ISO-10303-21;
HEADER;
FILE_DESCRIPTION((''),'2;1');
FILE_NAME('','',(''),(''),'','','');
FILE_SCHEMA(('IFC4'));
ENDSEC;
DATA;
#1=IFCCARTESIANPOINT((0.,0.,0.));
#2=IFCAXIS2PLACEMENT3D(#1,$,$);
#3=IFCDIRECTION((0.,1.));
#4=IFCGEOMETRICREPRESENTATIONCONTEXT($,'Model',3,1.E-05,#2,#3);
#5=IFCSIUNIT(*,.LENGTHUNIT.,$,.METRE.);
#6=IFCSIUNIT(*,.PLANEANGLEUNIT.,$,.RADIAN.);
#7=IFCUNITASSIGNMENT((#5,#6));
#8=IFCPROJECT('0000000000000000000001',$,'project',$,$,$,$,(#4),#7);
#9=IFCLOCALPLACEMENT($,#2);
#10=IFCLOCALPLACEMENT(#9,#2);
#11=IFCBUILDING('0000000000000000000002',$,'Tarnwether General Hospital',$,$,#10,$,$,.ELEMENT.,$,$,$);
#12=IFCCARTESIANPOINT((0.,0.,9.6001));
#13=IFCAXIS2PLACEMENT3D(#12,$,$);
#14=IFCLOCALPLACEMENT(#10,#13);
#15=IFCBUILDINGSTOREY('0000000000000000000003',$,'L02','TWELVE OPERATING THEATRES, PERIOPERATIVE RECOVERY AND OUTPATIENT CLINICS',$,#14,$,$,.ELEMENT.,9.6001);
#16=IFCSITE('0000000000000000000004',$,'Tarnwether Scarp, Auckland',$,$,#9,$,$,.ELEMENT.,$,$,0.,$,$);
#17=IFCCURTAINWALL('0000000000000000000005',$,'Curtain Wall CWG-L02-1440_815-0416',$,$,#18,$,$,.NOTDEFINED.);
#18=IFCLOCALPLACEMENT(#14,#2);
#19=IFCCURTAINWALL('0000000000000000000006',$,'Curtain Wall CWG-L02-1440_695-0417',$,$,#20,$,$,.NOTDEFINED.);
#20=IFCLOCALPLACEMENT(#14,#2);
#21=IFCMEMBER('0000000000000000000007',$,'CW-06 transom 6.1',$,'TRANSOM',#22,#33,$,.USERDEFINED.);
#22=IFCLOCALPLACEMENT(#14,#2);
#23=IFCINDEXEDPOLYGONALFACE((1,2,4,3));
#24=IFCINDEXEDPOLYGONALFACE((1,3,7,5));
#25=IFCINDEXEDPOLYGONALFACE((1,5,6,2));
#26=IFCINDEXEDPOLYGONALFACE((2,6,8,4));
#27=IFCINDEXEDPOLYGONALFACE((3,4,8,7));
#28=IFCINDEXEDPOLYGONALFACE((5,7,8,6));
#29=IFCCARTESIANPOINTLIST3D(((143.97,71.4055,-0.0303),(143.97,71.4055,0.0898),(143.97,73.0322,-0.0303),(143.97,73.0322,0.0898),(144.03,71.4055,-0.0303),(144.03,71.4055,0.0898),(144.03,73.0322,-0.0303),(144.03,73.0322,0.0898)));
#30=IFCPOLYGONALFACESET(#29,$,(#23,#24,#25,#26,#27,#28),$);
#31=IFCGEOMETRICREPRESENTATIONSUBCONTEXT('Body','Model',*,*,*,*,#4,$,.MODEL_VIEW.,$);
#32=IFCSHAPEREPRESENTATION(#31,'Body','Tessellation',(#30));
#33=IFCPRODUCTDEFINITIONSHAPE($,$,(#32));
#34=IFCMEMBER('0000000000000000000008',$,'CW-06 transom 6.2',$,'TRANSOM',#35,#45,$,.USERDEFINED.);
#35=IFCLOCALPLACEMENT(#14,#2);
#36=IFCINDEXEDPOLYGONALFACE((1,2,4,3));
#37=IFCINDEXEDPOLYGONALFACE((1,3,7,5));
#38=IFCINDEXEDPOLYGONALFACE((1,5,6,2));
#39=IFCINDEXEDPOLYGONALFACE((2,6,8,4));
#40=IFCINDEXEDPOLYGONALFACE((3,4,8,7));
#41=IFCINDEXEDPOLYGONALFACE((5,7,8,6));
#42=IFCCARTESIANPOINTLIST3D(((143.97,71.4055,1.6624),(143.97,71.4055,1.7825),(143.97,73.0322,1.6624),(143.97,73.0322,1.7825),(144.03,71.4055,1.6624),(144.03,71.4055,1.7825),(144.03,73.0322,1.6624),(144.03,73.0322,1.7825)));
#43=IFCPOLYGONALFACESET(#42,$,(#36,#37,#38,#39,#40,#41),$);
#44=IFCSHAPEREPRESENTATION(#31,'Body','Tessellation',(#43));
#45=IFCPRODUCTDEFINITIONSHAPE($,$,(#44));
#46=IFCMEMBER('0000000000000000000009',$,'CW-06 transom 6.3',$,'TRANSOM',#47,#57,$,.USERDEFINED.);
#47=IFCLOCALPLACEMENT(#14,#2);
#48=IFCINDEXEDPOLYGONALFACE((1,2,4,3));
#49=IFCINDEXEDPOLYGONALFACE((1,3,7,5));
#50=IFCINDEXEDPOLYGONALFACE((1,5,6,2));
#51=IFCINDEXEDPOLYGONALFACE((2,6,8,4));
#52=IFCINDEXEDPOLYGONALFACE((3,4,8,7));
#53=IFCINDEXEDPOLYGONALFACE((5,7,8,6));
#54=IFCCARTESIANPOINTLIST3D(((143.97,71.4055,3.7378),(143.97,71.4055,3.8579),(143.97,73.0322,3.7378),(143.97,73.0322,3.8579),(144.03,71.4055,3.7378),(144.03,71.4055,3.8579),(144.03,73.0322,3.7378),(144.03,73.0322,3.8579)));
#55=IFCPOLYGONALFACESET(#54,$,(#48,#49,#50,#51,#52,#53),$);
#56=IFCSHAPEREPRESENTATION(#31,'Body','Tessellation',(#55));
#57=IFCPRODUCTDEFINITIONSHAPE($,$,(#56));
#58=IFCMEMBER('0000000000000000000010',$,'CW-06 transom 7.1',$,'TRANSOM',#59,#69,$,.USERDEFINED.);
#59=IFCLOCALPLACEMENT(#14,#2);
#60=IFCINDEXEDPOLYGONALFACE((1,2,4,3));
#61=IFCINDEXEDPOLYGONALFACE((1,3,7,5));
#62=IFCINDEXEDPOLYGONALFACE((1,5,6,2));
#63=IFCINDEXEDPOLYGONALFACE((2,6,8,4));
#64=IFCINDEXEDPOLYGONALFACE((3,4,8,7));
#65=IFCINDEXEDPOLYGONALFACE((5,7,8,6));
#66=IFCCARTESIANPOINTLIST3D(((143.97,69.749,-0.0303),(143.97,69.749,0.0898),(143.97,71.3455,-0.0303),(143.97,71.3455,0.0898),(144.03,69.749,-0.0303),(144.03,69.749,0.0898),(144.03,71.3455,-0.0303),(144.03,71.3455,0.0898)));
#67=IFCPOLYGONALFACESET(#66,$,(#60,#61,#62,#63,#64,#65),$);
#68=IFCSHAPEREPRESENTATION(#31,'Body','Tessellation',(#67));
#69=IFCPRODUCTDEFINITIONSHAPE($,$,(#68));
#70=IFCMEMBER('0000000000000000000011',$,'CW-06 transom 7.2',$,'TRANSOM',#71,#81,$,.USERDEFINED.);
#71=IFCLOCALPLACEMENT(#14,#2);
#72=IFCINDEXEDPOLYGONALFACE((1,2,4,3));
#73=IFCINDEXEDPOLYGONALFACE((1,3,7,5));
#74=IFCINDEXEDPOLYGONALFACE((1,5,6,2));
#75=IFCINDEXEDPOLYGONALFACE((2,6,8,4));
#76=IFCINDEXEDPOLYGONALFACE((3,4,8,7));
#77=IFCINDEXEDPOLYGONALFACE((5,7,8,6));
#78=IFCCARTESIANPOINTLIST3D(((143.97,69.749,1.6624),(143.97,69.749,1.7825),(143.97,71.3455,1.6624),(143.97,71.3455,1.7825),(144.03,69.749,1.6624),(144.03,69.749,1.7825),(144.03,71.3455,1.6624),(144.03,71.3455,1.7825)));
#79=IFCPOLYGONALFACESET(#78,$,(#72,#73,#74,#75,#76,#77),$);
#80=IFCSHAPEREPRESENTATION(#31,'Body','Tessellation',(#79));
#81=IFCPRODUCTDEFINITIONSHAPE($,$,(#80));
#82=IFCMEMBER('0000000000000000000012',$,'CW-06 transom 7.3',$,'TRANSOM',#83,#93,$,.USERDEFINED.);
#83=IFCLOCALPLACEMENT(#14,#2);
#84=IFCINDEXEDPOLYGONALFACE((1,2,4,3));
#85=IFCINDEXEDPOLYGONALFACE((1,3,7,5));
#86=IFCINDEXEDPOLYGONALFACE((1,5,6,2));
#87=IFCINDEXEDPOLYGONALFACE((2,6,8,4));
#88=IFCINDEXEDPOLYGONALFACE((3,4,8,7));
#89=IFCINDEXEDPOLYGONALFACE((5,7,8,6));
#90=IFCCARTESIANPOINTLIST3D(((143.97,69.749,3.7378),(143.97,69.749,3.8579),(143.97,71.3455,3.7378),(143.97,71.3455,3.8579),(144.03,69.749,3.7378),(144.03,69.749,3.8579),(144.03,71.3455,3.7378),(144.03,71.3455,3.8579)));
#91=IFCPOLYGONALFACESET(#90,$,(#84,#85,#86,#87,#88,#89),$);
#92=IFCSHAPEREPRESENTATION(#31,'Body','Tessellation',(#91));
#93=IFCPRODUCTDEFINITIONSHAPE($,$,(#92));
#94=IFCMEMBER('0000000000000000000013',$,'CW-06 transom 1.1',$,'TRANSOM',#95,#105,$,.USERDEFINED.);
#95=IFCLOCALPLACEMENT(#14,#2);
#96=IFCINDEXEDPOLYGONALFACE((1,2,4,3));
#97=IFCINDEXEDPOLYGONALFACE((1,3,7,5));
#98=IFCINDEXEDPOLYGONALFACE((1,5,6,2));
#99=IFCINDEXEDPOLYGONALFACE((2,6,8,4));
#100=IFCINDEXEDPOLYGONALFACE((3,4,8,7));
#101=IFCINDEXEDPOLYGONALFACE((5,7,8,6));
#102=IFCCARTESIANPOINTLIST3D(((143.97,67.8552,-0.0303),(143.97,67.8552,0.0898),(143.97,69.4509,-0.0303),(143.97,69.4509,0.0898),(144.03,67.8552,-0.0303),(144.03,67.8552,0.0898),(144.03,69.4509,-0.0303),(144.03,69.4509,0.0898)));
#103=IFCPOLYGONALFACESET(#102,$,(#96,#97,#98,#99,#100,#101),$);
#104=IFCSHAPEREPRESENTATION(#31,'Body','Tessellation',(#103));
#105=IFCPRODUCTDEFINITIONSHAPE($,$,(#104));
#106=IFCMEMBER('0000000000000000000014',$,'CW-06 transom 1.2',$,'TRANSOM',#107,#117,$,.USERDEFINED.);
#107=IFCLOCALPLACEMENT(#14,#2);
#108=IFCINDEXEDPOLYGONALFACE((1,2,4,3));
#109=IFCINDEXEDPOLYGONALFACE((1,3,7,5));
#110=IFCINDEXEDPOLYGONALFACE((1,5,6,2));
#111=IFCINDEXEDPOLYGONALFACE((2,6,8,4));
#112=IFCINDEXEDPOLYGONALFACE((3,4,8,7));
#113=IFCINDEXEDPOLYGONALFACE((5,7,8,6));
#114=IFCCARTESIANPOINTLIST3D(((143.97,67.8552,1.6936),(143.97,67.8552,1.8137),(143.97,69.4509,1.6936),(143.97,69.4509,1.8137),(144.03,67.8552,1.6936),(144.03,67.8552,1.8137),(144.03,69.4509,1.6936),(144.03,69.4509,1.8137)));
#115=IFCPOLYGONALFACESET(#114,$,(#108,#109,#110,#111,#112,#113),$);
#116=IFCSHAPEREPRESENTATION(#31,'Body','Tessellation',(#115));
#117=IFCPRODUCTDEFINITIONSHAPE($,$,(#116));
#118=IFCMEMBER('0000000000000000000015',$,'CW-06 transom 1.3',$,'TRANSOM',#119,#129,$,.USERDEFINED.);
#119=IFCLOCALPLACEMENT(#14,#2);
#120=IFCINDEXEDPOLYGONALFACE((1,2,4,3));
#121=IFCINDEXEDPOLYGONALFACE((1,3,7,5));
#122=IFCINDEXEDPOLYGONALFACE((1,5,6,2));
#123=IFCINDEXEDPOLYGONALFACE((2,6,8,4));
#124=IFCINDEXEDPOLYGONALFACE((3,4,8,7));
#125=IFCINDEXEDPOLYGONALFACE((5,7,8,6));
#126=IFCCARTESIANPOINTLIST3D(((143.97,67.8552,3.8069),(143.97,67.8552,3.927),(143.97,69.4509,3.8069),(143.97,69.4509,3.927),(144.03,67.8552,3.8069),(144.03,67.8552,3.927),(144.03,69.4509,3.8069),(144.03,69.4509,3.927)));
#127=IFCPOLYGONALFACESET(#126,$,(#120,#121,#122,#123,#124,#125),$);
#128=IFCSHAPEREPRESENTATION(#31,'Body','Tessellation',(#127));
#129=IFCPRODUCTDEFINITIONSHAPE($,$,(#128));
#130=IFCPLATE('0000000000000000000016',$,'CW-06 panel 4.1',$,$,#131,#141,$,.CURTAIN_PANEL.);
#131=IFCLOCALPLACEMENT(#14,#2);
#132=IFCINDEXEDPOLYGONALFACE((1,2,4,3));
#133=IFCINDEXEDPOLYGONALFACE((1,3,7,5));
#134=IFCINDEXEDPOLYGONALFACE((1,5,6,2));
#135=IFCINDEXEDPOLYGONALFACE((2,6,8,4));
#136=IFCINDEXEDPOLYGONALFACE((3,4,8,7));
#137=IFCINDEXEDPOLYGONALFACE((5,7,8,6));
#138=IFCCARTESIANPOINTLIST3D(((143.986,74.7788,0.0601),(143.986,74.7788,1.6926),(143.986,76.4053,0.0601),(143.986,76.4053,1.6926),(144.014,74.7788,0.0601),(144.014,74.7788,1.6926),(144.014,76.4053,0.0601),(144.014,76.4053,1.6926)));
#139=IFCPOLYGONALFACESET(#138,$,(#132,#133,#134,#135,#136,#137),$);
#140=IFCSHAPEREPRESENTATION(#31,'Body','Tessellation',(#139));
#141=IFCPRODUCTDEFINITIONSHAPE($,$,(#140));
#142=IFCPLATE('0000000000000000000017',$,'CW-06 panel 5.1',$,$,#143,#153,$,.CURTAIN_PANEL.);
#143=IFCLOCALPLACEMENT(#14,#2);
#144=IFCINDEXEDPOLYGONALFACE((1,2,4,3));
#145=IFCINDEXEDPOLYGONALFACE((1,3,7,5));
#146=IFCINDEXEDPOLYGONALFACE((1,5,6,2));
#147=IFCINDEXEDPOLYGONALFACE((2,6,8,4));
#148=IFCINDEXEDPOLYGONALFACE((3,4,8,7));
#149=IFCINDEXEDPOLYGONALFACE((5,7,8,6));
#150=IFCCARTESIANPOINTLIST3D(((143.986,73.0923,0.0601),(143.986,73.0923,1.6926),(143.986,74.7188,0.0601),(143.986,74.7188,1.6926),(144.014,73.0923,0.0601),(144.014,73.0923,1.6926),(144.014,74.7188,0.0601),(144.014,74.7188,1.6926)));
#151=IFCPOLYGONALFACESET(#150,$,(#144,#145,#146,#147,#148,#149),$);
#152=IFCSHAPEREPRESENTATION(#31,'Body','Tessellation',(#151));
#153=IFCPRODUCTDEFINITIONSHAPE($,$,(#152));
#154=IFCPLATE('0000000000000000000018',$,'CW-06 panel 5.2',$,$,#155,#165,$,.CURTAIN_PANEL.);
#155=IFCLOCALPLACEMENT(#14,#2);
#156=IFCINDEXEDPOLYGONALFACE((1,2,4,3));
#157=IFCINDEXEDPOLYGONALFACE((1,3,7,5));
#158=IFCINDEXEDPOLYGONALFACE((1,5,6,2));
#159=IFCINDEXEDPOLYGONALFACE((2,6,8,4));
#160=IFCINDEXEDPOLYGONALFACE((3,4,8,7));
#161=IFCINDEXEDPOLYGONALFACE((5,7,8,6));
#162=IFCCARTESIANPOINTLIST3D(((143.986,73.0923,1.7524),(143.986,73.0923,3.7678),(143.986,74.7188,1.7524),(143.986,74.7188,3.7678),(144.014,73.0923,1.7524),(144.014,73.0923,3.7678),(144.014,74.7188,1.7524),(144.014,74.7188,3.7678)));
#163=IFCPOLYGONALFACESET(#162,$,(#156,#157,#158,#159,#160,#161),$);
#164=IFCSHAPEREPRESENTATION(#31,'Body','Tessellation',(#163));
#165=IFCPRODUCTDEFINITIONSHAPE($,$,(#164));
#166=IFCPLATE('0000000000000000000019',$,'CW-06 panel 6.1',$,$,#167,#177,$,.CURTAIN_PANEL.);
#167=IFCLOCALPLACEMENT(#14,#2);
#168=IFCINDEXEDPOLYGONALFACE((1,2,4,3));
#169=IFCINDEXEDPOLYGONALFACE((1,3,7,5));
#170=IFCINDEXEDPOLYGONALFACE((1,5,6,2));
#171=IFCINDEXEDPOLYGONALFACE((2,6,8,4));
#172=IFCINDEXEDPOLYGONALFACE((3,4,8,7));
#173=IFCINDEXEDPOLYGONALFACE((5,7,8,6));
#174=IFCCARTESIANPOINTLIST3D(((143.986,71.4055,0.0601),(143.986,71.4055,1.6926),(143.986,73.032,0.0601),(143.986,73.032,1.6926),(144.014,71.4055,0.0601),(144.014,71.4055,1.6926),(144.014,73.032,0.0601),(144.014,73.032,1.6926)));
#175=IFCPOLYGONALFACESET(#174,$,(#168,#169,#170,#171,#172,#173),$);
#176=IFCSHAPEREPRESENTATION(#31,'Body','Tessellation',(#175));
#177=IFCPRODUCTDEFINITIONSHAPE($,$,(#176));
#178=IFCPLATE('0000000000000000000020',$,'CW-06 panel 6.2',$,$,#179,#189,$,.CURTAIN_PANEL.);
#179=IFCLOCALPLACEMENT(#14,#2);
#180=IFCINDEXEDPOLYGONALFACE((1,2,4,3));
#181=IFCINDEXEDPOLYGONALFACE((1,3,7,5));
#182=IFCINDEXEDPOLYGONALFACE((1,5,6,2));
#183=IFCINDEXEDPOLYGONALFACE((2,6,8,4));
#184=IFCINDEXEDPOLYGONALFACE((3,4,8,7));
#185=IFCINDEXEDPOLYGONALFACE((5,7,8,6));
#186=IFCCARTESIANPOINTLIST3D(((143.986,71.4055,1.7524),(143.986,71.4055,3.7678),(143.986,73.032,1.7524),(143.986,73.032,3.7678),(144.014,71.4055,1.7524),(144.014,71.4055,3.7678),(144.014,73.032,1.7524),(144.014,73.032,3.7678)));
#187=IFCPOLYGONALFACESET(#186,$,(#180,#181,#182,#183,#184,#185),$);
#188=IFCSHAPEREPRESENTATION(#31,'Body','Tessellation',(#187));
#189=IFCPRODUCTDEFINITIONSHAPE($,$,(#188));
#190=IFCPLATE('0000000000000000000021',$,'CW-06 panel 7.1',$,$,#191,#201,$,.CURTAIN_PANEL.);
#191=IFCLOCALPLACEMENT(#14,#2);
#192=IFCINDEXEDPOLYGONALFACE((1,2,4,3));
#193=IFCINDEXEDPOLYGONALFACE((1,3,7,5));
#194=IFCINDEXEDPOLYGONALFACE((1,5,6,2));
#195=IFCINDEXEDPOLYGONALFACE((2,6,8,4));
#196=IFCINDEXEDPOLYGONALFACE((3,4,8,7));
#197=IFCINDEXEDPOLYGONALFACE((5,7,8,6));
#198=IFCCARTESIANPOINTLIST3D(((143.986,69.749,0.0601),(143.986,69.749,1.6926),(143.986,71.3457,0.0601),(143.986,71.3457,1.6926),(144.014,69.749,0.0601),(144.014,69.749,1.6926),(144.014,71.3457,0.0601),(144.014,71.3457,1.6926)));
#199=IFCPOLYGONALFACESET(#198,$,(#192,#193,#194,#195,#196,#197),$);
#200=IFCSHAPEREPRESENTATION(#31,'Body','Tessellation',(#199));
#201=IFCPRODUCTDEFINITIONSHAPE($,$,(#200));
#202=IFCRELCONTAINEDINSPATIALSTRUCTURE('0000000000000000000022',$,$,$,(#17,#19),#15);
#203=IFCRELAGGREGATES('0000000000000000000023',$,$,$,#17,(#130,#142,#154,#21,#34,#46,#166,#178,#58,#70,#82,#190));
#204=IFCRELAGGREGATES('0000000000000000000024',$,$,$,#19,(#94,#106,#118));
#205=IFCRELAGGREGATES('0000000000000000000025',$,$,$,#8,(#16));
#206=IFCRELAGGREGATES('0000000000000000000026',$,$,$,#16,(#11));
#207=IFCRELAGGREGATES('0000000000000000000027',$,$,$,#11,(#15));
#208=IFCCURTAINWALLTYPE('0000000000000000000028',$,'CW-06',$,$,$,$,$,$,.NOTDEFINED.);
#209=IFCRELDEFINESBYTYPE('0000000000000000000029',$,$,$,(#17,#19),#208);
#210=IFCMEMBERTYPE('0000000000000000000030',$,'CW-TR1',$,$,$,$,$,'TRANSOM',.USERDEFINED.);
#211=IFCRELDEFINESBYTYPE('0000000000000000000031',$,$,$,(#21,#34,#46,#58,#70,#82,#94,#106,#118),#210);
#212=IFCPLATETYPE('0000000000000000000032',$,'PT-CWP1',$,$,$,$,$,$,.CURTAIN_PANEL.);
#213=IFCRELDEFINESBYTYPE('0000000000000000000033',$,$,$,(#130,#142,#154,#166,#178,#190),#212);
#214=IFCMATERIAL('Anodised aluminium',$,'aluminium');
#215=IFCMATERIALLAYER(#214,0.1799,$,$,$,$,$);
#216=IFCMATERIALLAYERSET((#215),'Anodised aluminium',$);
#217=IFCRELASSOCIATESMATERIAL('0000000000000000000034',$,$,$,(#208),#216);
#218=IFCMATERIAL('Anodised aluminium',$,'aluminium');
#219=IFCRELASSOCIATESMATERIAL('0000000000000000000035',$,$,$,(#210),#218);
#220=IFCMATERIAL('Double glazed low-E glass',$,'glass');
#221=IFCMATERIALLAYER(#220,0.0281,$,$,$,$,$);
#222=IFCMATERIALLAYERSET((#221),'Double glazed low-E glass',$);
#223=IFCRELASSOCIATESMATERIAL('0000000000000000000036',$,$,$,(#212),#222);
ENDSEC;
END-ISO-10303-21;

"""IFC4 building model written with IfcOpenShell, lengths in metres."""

from ifc_helpers import new_model, si_unit, direction, frame, origin, origin_2d, place, context, subcontext, project, spatial, rectangle, extrude, material, layer, layer_set, material_profile, profile_set, type_object, element, aggregate, save


model = new_model("IFC4")

# Units and contexts
model_context = context("Model", 3, precision=1e-05, world=origin(), true_north=direction((0.0, 1.0)))
body_context = subcontext(model_context, "Body", "Model", "MODEL_VIEW")
ifc_project = project(units=[si_unit("LENGTHUNIT", "METRE"), si_unit("PLANEANGLEUNIT", "RADIAN")], contexts=[model_context])

# Site, building, storey
site_placement = place(None, origin())
site = spatial("IfcSite", under=ifc_project, at=site_placement, Name="Tarnwether Scarp, Auckland", CompositionType="ELEMENT", RefElevation=0.0)
building_placement = place(site_placement, origin())
building = spatial("IfcBuilding", under=site, at=building_placement, Name="Tarnwether General Hospital", CompositionType="ELEMENT")
storey_placement = place(building_placement, frame((0.0, 0.0, 9.6001)))
storey = spatial("IfcBuildingStorey", under=building, at=storey_placement, Name="L02", Description="TWELVE OPERATING THEATRES, PERIOPERATIVE RECOVERY AND OUTPATIENT CLINICS", CompositionType="ELEMENT", Elevation=9.6001)

# Curtain walls
ifc_material_1 = material(Name="Anodised aluminium", Category="aluminium")
ifc_layer_1 = layer(ifc_material_1, 0.1799)
ifc_layer_set_1 = layer_set([ifc_layer_1], Name="Anodised aluminium")
curtain_wall_type = type_object("IfcCurtainWallType", Name="CW-06", PredefinedType="NOTDEFINED", material=ifc_layer_set_1)
curtain_wall_1_placement = place(storey_placement, origin())
curtain_wall_1 = element("IfcCurtainWall", 1, at=curtain_wall_1_placement, inside=storey, type_object=curtain_wall_type, Name="Curtain Wall CWG-L02-1440_815-0416", PredefinedType="NOTDEFINED")
curtain_wall_2_placement = place(storey_placement, origin())
curtain_wall_2 = element("IfcCurtainWall", 2, at=curtain_wall_2_placement, inside=storey, type_object=curtain_wall_type, Name="Curtain Wall CWG-L02-1440_695-0417", PredefinedType="NOTDEFINED")

# Members
ifc_material_2 = material(Name="Anodised aluminium", Category="aluminium")
ifc_material_profile_1 = material_profile(ifc_material_2, rectangle(XDim=0.0601, YDim=0.1201, at=origin_2d()), Name="ALU-TRN-60x120")
ifc_profile_set_1 = profile_set([ifc_material_profile_1], Name="Anodised aluminium")
member_type_1 = type_object("IfcMemberType", Name="CW-TR1", ElementType="TRANSOM", PredefinedType="USERDEFINED", material=ifc_profile_set_1)
member_1_placement = place(storey_placement, frame((144.0, 73.0322, 0.0298), z_axis=(0.0, -1.0, 0.0), x_axis=(1.0, 0.0, 0.0)))
member_1 = element("IfcMember", 3, at=member_1_placement, type_object=member_type_1, Name="CW-06 transom 6.1", ObjectType="TRANSOM", PredefinedType="USERDEFINED", context=body_context, shape_type="SweptSolid", body=[
    extrude(rectangle(XDim=0.0601, YDim=0.1201, at=origin_2d()), origin(), (0.0, 0.0, 1.0), 1.6267),
])
member_2_placement = place(storey_placement, frame((144.0, 73.0322, 1.7224), z_axis=(0.0, -1.0, 0.0), x_axis=(1.0, 0.0, 0.0)))
member_2 = element("IfcMember", 4, at=member_2_placement, type_object=member_type_1, Name="CW-06 transom 6.2", ObjectType="TRANSOM", PredefinedType="USERDEFINED", context=body_context, shape_type="SweptSolid", body=[
    extrude(rectangle(XDim=0.0601, YDim=0.1201, at=origin_2d()), origin(), (0.0, 0.0, 1.0), 1.6267),
])
member_3_placement = place(storey_placement, frame((144.0, 73.0322, 3.7979), z_axis=(0.0, -1.0, 0.0), x_axis=(1.0, 0.0, 0.0)))
member_3 = element("IfcMember", 5, at=member_3_placement, type_object=member_type_1, Name="CW-06 transom 6.3", ObjectType="TRANSOM", PredefinedType="USERDEFINED", context=body_context, shape_type="SweptSolid", body=[
    extrude(rectangle(XDim=0.0601, YDim=0.1201, at=origin_2d()), origin(), (0.0, 0.0, 1.0), 1.6267),
])
member_4_placement = place(storey_placement, frame((144.0, 71.3455, 0.0298), z_axis=(0.0, -1.0, 0.0), x_axis=(1.0, 0.0, 0.0)))
member_4 = element("IfcMember", 6, at=member_4_placement, type_object=member_type_1, Name="CW-06 transom 7.1", ObjectType="TRANSOM", PredefinedType="USERDEFINED", context=body_context, shape_type="SweptSolid", body=[
    extrude(rectangle(XDim=0.0601, YDim=0.1201, at=origin_2d()), origin(), (0.0, 0.0, 1.0), 1.5964),
])
member_5_placement = place(storey_placement, frame((144.0, 71.3455, 1.7224), z_axis=(0.0, -1.0, 0.0), x_axis=(1.0, 0.0, 0.0)))
member_5 = element("IfcMember", 7, at=member_5_placement, type_object=member_type_1, Name="CW-06 transom 7.2", ObjectType="TRANSOM", PredefinedType="USERDEFINED", context=body_context, shape_type="SweptSolid", body=[
    extrude(rectangle(XDim=0.0601, YDim=0.1201, at=origin_2d()), origin(), (0.0, 0.0, 1.0), 1.5964),
])
member_6_placement = place(storey_placement, frame((144.0, 71.3455, 3.7979), z_axis=(0.0, -1.0, 0.0), x_axis=(1.0, 0.0, 0.0)))
member_6 = element("IfcMember", 8, at=member_6_placement, type_object=member_type_1, Name="CW-06 transom 7.3", ObjectType="TRANSOM", PredefinedType="USERDEFINED", context=body_context, shape_type="SweptSolid", body=[
    extrude(rectangle(XDim=0.0601, YDim=0.1201, at=origin_2d()), origin(), (0.0, 0.0, 1.0), 1.5964),
])
member_7_placement = place(storey_placement, frame((144.0, 69.4509, 0.0298), z_axis=(0.0, -1.0, 0.0), x_axis=(1.0, 0.0, 0.0)))
member_7 = element("IfcMember", 9, at=member_7_placement, type_object=member_type_1, Name="CW-06 transom 1.1", ObjectType="TRANSOM", PredefinedType="USERDEFINED", context=body_context, shape_type="SweptSolid", body=[
    extrude(rectangle(XDim=0.0601, YDim=0.1201, at=origin_2d()), origin(), (0.0, 0.0, 1.0), 1.5957),
])
member_8_placement = place(storey_placement, frame((144.0, 69.4509, 1.7537), z_axis=(0.0, -1.0, 0.0), x_axis=(1.0, 0.0, 0.0)))
member_8 = element("IfcMember", 10, at=member_8_placement, type_object=member_type_1, Name="CW-06 transom 1.2", ObjectType="TRANSOM", PredefinedType="USERDEFINED", context=body_context, shape_type="SweptSolid", body=[
    extrude(rectangle(XDim=0.0601, YDim=0.1201, at=origin_2d()), origin(), (0.0, 0.0, 1.0), 1.5957),
])
member_9_placement = place(storey_placement, frame((144.0, 69.4509, 3.8669), z_axis=(0.0, -1.0, 0.0), x_axis=(1.0, 0.0, 0.0)))
member_9 = element("IfcMember", 11, at=member_9_placement, type_object=member_type_1, Name="CW-06 transom 1.3", ObjectType="TRANSOM", PredefinedType="USERDEFINED", context=body_context, shape_type="SweptSolid", body=[
    extrude(rectangle(XDim=0.0601, YDim=0.1201, at=origin_2d()), origin(), (0.0, 0.0, 1.0), 1.5957),
])

# Plates
ifc_material_3 = material(Name="Double glazed low-E glass", Category="glass")
ifc_layer_2 = layer(ifc_material_3, 0.0281)
ifc_layer_set_2 = layer_set([ifc_layer_2], Name="Double glazed low-E glass")
plate_type_1 = type_object("IfcPlateType", Name="PT-CWP1", PredefinedType="CURTAIN_PANEL", material=ifc_layer_set_2)
plate_1_placement = place(storey_placement, frame((144.0, 75.592, 0.0601), z_axis=(0.0, 0.0, 1.0), x_axis=(0.0, -1.0, 0.0)))
plate_1 = element("IfcPlate", 12, at=plate_1_placement, type_object=plate_type_1, Name="CW-06 panel 4.1", PredefinedType="CURTAIN_PANEL", context=body_context, shape_type="SweptSolid", body=[
    extrude(rectangle(XDim=1.6265, YDim=0.0281, at=origin_2d()), origin(), (0.0, 0.0, 1.0), 1.6326),
])
plate_2_placement = place(storey_placement, frame((144.0, 73.9055, 0.0601), z_axis=(0.0, 0.0, 1.0), x_axis=(0.0, -1.0, 0.0)))
plate_2 = element("IfcPlate", 13, at=plate_2_placement, type_object=plate_type_1, Name="CW-06 panel 5.1", PredefinedType="CURTAIN_PANEL", context=body_context, shape_type="SweptSolid", body=[
    extrude(rectangle(XDim=1.6265, YDim=0.0281, at=origin_2d()), origin(), (0.0, 0.0, 1.0), 1.6326),
])
plate_3_placement = place(storey_placement, frame((144.0, 73.9055, 1.7524), z_axis=(0.0, 0.0, 1.0), x_axis=(0.0, -1.0, 0.0)))
plate_3 = element("IfcPlate", 14, at=plate_3_placement, type_object=plate_type_1, Name="CW-06 panel 5.2", PredefinedType="CURTAIN_PANEL", context=body_context, shape_type="SweptSolid", body=[
    extrude(rectangle(XDim=1.6265, YDim=0.0281, at=origin_2d()), origin(), (0.0, 0.0, 1.0), 2.0154),
])
plate_4_placement = place(storey_placement, frame((144.0, 72.2188, 0.0601), z_axis=(0.0, 0.0, 1.0), x_axis=(0.0, -1.0, 0.0)))
plate_4 = element("IfcPlate", 15, at=plate_4_placement, type_object=plate_type_1, Name="CW-06 panel 6.1", PredefinedType="CURTAIN_PANEL", context=body_context, shape_type="SweptSolid", body=[
    extrude(rectangle(XDim=1.6265, YDim=0.0281, at=origin_2d()), origin(), (0.0, 0.0, 1.0), 1.6326),
])
plate_5_placement = place(storey_placement, frame((144.0, 72.2188, 1.7524), z_axis=(0.0, 0.0, 1.0), x_axis=(0.0, -1.0, 0.0)))
plate_5 = element("IfcPlate", 16, at=plate_5_placement, type_object=plate_type_1, Name="CW-06 panel 6.2", PredefinedType="CURTAIN_PANEL", context=body_context, shape_type="SweptSolid", body=[
    extrude(rectangle(XDim=1.6265, YDim=0.0281, at=origin_2d()), origin(), (0.0, 0.0, 1.0), 2.0154),
])
plate_6_placement = place(storey_placement, frame((144.0, 70.5474, 0.0601), z_axis=(0.0, 0.0, 1.0), x_axis=(0.0, -1.0, 0.0)))
plate_6 = element("IfcPlate", 17, at=plate_6_placement, type_object=plate_type_1, Name="CW-06 panel 7.1", PredefinedType="CURTAIN_PANEL", context=body_context, shape_type="SweptSolid", body=[
    extrude(rectangle(XDim=1.5967, YDim=0.0281, at=origin_2d()), origin(), (0.0, 0.0, 1.0), 1.6326),
])
aggregate(curtain_wall_1, [plate_1, plate_2, plate_3, member_1, member_2, member_3, plate_4, plate_5, member_4, member_5, member_6, plate_6])
aggregate(curtain_wall_2, [member_7, member_8, member_9])

save(model, "model.ifc")
